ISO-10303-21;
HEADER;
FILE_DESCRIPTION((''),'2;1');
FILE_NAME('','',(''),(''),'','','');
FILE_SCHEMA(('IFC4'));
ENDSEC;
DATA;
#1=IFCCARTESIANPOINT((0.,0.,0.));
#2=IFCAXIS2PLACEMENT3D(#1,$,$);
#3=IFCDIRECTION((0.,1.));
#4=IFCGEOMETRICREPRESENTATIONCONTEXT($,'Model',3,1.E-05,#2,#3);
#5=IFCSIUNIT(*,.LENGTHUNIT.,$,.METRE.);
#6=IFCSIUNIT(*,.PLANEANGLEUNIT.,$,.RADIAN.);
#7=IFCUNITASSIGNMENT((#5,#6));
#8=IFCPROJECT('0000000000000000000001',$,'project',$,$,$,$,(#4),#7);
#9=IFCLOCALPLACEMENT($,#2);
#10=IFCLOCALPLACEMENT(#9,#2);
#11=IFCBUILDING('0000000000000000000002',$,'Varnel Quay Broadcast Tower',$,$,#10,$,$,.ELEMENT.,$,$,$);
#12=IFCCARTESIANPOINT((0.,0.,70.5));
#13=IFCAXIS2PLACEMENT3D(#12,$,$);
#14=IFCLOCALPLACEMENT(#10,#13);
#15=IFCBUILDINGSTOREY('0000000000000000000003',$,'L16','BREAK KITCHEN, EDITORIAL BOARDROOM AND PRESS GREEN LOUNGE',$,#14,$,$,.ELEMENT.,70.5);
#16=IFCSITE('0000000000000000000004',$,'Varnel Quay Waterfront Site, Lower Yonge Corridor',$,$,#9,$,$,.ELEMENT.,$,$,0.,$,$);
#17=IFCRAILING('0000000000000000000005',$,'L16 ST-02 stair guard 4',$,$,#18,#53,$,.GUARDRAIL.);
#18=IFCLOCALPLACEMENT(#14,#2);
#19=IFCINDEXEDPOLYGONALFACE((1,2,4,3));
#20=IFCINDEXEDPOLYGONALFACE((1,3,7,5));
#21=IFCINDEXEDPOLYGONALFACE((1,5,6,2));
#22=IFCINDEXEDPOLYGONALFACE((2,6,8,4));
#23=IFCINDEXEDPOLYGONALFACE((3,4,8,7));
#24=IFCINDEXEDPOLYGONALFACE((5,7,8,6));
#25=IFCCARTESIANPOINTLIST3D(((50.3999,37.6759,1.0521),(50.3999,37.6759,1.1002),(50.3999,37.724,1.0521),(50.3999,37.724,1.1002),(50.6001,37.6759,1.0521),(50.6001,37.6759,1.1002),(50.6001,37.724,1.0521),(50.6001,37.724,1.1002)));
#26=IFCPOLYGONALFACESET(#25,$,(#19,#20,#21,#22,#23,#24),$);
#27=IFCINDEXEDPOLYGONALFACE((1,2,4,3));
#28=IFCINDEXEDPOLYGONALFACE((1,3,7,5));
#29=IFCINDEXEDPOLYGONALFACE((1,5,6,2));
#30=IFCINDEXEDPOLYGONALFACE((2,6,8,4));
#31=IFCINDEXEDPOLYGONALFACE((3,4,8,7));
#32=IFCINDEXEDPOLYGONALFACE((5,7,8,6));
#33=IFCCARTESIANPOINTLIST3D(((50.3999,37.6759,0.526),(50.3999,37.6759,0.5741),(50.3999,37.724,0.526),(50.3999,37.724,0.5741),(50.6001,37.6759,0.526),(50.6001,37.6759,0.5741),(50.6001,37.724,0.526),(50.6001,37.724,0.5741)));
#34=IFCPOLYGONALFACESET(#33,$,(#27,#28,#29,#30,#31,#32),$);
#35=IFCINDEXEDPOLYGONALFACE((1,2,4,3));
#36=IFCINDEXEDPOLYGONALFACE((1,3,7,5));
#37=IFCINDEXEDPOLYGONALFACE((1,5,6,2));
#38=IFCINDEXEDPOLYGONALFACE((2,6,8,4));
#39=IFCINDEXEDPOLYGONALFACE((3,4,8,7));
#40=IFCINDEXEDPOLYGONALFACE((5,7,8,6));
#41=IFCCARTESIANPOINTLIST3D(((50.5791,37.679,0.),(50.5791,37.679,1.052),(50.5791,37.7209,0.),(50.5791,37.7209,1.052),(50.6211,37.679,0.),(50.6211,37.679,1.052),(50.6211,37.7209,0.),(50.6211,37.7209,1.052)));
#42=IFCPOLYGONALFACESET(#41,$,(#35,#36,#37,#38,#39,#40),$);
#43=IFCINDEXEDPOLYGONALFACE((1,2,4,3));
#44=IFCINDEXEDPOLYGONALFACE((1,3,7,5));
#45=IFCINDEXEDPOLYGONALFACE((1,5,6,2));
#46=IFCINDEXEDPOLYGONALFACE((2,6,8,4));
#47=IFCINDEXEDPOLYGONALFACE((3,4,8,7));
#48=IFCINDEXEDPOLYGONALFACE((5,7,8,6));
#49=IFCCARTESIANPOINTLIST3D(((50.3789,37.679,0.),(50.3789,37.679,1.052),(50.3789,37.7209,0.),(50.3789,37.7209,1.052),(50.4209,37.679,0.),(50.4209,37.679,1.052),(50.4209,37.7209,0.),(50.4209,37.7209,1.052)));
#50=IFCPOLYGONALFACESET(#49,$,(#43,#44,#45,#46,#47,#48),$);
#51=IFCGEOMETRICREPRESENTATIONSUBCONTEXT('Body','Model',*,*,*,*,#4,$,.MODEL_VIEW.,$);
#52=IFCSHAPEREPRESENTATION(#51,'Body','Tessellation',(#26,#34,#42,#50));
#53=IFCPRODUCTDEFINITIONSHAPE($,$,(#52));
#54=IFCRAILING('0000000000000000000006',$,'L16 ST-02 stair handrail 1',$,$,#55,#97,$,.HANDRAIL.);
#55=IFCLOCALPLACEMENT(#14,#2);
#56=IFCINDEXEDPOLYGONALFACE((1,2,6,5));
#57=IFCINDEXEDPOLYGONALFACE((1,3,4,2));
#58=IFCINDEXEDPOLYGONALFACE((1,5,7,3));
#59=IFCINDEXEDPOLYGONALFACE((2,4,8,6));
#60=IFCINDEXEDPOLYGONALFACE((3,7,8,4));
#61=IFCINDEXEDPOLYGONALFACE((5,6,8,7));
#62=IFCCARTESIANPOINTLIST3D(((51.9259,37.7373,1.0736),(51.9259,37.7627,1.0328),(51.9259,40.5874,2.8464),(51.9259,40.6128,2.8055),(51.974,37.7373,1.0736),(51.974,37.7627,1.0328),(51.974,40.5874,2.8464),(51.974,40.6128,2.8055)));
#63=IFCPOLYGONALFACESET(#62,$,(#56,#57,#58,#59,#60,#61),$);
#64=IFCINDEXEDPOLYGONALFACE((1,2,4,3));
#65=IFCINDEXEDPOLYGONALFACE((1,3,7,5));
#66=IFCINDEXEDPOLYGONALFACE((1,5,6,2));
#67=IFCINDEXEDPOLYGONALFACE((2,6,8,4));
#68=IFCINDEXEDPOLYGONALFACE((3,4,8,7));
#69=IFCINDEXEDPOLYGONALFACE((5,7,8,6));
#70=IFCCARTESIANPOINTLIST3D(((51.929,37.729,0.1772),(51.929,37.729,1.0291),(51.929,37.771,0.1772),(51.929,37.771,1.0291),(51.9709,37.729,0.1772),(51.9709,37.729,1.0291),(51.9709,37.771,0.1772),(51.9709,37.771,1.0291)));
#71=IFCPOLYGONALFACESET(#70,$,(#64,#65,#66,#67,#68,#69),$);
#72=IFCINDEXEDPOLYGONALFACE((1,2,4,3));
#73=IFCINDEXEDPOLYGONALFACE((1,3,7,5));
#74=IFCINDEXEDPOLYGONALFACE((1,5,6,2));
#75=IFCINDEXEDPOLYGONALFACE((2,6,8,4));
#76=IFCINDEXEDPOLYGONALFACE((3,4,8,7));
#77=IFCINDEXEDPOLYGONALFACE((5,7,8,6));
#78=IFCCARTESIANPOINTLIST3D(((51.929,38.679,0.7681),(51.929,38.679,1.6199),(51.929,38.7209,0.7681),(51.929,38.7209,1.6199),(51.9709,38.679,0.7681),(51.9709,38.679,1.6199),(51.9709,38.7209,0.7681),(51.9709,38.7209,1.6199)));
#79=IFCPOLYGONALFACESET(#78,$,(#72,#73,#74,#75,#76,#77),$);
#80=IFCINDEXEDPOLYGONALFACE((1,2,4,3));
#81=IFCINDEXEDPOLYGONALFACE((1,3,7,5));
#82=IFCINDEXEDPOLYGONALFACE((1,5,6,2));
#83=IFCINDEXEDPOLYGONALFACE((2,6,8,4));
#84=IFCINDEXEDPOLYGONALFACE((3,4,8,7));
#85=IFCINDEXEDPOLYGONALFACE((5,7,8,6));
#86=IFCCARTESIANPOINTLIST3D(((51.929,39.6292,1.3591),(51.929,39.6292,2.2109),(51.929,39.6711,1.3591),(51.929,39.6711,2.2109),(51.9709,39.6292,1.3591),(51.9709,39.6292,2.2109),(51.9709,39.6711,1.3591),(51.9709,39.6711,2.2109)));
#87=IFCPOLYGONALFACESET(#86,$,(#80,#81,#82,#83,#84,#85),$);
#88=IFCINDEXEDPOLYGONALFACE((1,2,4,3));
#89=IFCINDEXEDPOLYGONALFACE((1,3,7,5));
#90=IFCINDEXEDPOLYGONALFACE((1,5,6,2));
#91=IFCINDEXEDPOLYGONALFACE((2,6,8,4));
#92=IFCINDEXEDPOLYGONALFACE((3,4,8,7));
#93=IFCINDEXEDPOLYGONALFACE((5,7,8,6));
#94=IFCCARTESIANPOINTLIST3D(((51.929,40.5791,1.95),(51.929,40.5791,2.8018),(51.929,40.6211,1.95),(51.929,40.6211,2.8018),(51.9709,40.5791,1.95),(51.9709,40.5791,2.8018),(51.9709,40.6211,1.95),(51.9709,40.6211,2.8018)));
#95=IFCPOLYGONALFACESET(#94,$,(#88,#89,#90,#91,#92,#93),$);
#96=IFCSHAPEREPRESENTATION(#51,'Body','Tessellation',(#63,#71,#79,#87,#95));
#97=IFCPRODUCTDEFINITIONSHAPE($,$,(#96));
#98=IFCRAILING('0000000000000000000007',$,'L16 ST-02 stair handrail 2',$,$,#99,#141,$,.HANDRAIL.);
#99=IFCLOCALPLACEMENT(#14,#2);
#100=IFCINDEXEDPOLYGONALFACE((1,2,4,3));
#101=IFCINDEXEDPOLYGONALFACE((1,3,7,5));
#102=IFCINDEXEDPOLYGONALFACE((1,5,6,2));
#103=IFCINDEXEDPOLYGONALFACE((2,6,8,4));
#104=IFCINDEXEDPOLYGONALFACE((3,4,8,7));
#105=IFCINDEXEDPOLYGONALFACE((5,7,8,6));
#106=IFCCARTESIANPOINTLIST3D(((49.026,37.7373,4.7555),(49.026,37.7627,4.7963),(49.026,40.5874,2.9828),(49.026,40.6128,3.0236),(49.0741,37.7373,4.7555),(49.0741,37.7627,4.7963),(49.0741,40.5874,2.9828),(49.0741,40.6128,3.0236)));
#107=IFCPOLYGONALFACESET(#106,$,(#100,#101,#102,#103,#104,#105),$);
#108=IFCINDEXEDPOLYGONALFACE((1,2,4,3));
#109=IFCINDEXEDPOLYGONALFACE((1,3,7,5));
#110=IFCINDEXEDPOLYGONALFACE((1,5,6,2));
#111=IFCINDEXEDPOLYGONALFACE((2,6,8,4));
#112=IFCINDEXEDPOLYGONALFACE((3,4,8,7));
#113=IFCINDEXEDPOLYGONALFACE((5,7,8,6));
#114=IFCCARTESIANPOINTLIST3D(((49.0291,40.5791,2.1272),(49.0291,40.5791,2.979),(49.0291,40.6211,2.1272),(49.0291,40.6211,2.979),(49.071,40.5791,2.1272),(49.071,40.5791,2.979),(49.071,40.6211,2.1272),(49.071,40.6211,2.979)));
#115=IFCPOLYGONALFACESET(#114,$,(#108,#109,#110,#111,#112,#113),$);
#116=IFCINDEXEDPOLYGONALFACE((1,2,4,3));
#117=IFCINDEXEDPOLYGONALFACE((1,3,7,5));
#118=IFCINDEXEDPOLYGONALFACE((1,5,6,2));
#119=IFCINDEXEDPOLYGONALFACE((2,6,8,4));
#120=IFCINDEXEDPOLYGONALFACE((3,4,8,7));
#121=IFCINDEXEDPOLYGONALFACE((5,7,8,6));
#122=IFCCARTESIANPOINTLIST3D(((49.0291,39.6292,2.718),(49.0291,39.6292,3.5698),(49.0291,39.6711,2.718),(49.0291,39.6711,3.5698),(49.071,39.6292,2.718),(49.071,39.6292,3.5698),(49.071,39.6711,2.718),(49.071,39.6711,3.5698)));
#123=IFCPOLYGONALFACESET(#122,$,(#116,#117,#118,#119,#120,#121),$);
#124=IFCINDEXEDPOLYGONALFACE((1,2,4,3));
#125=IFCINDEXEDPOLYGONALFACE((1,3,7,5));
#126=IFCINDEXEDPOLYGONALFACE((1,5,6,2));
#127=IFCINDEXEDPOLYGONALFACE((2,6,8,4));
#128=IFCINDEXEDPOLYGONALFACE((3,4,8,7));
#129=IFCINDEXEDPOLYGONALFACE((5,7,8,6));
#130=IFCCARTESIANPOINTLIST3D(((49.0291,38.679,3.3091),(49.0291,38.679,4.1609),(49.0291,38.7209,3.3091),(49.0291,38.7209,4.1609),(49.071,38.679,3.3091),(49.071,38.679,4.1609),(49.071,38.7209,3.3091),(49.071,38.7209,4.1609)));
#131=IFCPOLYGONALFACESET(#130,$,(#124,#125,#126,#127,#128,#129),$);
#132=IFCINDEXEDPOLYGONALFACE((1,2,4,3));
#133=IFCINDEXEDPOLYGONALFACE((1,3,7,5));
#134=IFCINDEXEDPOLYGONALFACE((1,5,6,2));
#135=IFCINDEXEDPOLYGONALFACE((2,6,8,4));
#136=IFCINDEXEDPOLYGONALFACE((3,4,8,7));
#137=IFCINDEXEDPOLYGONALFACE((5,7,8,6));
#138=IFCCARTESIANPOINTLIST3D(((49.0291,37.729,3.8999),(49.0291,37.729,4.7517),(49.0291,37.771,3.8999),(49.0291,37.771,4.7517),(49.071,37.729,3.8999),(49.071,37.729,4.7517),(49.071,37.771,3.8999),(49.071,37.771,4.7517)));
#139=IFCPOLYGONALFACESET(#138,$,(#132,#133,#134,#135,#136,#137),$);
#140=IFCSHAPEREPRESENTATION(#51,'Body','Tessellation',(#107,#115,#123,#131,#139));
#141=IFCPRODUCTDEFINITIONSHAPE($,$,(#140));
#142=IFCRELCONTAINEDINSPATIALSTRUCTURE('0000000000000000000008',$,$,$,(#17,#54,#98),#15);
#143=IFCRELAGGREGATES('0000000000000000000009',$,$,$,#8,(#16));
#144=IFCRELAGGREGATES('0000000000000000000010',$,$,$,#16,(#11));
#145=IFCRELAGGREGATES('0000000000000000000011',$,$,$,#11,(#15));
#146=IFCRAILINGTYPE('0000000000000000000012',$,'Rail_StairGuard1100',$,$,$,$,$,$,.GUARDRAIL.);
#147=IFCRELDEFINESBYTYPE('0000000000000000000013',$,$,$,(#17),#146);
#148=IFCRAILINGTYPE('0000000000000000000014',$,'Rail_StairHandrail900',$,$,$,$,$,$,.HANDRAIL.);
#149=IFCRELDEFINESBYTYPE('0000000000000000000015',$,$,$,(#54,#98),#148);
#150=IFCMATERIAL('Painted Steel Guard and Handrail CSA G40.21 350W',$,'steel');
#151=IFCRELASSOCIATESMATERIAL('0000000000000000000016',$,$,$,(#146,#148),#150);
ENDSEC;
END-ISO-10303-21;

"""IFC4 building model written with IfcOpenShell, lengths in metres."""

from ifc_helpers import new_model, si_unit, direction, frame, origin, origin_2d, place, context, subcontext, project, spatial, rectangle, extrude, material, type_object, element, save


model = new_model("IFC4")

# Units and contexts
model_context = context("Model", 3, precision=1e-05, world=origin(), true_north=direction((0.0, 1.0)))
body_context = subcontext(model_context, "Body", "Model", "MODEL_VIEW")
ifc_project = project(units=[si_unit("LENGTHUNIT", "METRE"), si_unit("PLANEANGLEUNIT", "RADIAN")], contexts=[model_context])

# Site, building, storey
site_placement = place(None, origin())
site = spatial("IfcSite", under=ifc_project, at=site_placement, Name="Varnel Quay Waterfront Site, Lower Yonge Corridor", CompositionType="ELEMENT", RefElevation=0.0)
building_placement = place(site_placement, origin())
building = spatial("IfcBuilding", under=site, at=building_placement, Name="Varnel Quay Broadcast Tower", CompositionType="ELEMENT")
storey_placement = place(building_placement, frame((0.0, 0.0, 70.5)))
storey = spatial("IfcBuildingStorey", under=building, at=storey_placement, Name="L16", Description="BREAK KITCHEN, EDITORIAL BOARDROOM AND PRESS GREEN LOUNGE", CompositionType="ELEMENT", Elevation=70.5)

# Railings
ifc_material_1 = material(Name="Painted Steel Guard and Handrail CSA G40.21 350W", Category="steel")
railing_type_1 = type_object("IfcRailingType", Name="Rail_StairGuard1100", PredefinedType="GUARDRAIL", material=ifc_material_1)
railing_1_placement = place(storey_placement, frame((50.6001, 37.7, 0.0)))
element("IfcRailing", 1, at=railing_1_placement, inside=storey, type_object=railing_type_1, Name="L16 ST-02 stair guard 4", PredefinedType="GUARDRAIL", context=body_context, shape_type="SweptSolid", body=[
    extrude(rectangle(XDim=0.0481, YDim=0.0481, at=origin_2d()), frame((0.0, 0.0, 1.0762), z_axis=(-1.0, 0.0, 0.0), x_axis=(0.0, -1.0, 0.0)), (0.0, 0.0, 1.0), 0.2002),
    extrude(rectangle(XDim=0.0481, YDim=0.0481, at=origin_2d()), frame((0.0, 0.0, 0.55), z_axis=(-1.0, 0.0, 0.0), x_axis=(0.0, -1.0, 0.0)), (0.0, 0.0, 1.0), 0.2002),
    extrude(rectangle(XDim=0.042, YDim=0.042, at=origin_2d()), origin(), (0.0, 0.0, 1.0), 1.052),
    extrude(rectangle(XDim=0.042, YDim=0.042, at=origin_2d()), frame((-0.2002, 0.0, 0.0)), (0.0, 0.0, 1.0), 1.052),
])
railing_type_2 = type_object("IfcRailingType", Name="Rail_StairHandrail900", PredefinedType="HANDRAIL", material=ifc_material_1)
railing_2_placement = place(storey_placement, frame((51.95, 37.75, 0.1772)))
element("IfcRailing", 2, at=railing_2_placement, inside=storey, type_object=railing_type_2, Name="L16 ST-02 stair handrail 1", PredefinedType="HANDRAIL", context=body_context, shape_type="SweptSolid", body=[
    extrude(rectangle(XDim=0.0481, YDim=0.0481, at=origin_2d()), frame((0.0, 0.0, 0.876), z_axis=(0.0, 0.849149, 0.528154), x_axis=(-1.0, 0.0, 0.0)), (0.0, 0.0, 1.0), 3.3564),
    extrude(rectangle(XDim=0.042, YDim=0.042, at=origin_2d()), origin(), (0.0, 0.0, 1.0), 0.8518),
    extrude(rectangle(XDim=0.042, YDim=0.042, at=origin_2d()), frame((0.0, 0.95, 0.5908)), (0.0, 0.0, 1.0), 0.8518),
    extrude(rectangle(XDim=0.042, YDim=0.042, at=origin_2d()), frame((0.0, 1.9001, 1.1819)), (0.0, 0.0, 1.0), 0.8518),
    extrude(rectangle(XDim=0.042, YDim=0.042, at=origin_2d()), frame((0.0, 2.8501, 1.7727)), (0.0, 0.0, 1.0), 0.8518),
])
railing_3_placement = place(storey_placement, frame((49.05, 40.6001, 2.1272)))
element("IfcRailing", 3, at=railing_3_placement, inside=storey, type_object=railing_type_2, Name="L16 ST-02 stair handrail 2", PredefinedType="HANDRAIL", context=body_context, shape_type="SweptSolid", body=[
    extrude(rectangle(XDim=0.0481, YDim=0.0481, at=origin_2d()), frame((0.0, 0.0, 0.876), z_axis=(0.0, -0.849149, 0.528154), x_axis=(1.0, 0.0, 0.0)), (0.0, 0.0, 1.0), 3.3564),
    extrude(rectangle(XDim=0.042, YDim=0.042, at=origin_2d()), origin(), (0.0, 0.0, 1.0), 0.8518),
    extrude(rectangle(XDim=0.042, YDim=0.042, at=origin_2d()), frame((0.0, -0.95, 0.5908)), (0.0, 0.0, 1.0), 0.8518),
    extrude(rectangle(XDim=0.042, YDim=0.042, at=origin_2d()), frame((0.0, -1.9001, 1.1819)), (0.0, 0.0, 1.0), 0.8518),
    extrude(rectangle(XDim=0.042, YDim=0.042, at=origin_2d()), frame((0.0, -2.8501, 1.7727)), (0.0, 0.0, 1.0), 0.8518),
])

save(model, "model.ifc")
